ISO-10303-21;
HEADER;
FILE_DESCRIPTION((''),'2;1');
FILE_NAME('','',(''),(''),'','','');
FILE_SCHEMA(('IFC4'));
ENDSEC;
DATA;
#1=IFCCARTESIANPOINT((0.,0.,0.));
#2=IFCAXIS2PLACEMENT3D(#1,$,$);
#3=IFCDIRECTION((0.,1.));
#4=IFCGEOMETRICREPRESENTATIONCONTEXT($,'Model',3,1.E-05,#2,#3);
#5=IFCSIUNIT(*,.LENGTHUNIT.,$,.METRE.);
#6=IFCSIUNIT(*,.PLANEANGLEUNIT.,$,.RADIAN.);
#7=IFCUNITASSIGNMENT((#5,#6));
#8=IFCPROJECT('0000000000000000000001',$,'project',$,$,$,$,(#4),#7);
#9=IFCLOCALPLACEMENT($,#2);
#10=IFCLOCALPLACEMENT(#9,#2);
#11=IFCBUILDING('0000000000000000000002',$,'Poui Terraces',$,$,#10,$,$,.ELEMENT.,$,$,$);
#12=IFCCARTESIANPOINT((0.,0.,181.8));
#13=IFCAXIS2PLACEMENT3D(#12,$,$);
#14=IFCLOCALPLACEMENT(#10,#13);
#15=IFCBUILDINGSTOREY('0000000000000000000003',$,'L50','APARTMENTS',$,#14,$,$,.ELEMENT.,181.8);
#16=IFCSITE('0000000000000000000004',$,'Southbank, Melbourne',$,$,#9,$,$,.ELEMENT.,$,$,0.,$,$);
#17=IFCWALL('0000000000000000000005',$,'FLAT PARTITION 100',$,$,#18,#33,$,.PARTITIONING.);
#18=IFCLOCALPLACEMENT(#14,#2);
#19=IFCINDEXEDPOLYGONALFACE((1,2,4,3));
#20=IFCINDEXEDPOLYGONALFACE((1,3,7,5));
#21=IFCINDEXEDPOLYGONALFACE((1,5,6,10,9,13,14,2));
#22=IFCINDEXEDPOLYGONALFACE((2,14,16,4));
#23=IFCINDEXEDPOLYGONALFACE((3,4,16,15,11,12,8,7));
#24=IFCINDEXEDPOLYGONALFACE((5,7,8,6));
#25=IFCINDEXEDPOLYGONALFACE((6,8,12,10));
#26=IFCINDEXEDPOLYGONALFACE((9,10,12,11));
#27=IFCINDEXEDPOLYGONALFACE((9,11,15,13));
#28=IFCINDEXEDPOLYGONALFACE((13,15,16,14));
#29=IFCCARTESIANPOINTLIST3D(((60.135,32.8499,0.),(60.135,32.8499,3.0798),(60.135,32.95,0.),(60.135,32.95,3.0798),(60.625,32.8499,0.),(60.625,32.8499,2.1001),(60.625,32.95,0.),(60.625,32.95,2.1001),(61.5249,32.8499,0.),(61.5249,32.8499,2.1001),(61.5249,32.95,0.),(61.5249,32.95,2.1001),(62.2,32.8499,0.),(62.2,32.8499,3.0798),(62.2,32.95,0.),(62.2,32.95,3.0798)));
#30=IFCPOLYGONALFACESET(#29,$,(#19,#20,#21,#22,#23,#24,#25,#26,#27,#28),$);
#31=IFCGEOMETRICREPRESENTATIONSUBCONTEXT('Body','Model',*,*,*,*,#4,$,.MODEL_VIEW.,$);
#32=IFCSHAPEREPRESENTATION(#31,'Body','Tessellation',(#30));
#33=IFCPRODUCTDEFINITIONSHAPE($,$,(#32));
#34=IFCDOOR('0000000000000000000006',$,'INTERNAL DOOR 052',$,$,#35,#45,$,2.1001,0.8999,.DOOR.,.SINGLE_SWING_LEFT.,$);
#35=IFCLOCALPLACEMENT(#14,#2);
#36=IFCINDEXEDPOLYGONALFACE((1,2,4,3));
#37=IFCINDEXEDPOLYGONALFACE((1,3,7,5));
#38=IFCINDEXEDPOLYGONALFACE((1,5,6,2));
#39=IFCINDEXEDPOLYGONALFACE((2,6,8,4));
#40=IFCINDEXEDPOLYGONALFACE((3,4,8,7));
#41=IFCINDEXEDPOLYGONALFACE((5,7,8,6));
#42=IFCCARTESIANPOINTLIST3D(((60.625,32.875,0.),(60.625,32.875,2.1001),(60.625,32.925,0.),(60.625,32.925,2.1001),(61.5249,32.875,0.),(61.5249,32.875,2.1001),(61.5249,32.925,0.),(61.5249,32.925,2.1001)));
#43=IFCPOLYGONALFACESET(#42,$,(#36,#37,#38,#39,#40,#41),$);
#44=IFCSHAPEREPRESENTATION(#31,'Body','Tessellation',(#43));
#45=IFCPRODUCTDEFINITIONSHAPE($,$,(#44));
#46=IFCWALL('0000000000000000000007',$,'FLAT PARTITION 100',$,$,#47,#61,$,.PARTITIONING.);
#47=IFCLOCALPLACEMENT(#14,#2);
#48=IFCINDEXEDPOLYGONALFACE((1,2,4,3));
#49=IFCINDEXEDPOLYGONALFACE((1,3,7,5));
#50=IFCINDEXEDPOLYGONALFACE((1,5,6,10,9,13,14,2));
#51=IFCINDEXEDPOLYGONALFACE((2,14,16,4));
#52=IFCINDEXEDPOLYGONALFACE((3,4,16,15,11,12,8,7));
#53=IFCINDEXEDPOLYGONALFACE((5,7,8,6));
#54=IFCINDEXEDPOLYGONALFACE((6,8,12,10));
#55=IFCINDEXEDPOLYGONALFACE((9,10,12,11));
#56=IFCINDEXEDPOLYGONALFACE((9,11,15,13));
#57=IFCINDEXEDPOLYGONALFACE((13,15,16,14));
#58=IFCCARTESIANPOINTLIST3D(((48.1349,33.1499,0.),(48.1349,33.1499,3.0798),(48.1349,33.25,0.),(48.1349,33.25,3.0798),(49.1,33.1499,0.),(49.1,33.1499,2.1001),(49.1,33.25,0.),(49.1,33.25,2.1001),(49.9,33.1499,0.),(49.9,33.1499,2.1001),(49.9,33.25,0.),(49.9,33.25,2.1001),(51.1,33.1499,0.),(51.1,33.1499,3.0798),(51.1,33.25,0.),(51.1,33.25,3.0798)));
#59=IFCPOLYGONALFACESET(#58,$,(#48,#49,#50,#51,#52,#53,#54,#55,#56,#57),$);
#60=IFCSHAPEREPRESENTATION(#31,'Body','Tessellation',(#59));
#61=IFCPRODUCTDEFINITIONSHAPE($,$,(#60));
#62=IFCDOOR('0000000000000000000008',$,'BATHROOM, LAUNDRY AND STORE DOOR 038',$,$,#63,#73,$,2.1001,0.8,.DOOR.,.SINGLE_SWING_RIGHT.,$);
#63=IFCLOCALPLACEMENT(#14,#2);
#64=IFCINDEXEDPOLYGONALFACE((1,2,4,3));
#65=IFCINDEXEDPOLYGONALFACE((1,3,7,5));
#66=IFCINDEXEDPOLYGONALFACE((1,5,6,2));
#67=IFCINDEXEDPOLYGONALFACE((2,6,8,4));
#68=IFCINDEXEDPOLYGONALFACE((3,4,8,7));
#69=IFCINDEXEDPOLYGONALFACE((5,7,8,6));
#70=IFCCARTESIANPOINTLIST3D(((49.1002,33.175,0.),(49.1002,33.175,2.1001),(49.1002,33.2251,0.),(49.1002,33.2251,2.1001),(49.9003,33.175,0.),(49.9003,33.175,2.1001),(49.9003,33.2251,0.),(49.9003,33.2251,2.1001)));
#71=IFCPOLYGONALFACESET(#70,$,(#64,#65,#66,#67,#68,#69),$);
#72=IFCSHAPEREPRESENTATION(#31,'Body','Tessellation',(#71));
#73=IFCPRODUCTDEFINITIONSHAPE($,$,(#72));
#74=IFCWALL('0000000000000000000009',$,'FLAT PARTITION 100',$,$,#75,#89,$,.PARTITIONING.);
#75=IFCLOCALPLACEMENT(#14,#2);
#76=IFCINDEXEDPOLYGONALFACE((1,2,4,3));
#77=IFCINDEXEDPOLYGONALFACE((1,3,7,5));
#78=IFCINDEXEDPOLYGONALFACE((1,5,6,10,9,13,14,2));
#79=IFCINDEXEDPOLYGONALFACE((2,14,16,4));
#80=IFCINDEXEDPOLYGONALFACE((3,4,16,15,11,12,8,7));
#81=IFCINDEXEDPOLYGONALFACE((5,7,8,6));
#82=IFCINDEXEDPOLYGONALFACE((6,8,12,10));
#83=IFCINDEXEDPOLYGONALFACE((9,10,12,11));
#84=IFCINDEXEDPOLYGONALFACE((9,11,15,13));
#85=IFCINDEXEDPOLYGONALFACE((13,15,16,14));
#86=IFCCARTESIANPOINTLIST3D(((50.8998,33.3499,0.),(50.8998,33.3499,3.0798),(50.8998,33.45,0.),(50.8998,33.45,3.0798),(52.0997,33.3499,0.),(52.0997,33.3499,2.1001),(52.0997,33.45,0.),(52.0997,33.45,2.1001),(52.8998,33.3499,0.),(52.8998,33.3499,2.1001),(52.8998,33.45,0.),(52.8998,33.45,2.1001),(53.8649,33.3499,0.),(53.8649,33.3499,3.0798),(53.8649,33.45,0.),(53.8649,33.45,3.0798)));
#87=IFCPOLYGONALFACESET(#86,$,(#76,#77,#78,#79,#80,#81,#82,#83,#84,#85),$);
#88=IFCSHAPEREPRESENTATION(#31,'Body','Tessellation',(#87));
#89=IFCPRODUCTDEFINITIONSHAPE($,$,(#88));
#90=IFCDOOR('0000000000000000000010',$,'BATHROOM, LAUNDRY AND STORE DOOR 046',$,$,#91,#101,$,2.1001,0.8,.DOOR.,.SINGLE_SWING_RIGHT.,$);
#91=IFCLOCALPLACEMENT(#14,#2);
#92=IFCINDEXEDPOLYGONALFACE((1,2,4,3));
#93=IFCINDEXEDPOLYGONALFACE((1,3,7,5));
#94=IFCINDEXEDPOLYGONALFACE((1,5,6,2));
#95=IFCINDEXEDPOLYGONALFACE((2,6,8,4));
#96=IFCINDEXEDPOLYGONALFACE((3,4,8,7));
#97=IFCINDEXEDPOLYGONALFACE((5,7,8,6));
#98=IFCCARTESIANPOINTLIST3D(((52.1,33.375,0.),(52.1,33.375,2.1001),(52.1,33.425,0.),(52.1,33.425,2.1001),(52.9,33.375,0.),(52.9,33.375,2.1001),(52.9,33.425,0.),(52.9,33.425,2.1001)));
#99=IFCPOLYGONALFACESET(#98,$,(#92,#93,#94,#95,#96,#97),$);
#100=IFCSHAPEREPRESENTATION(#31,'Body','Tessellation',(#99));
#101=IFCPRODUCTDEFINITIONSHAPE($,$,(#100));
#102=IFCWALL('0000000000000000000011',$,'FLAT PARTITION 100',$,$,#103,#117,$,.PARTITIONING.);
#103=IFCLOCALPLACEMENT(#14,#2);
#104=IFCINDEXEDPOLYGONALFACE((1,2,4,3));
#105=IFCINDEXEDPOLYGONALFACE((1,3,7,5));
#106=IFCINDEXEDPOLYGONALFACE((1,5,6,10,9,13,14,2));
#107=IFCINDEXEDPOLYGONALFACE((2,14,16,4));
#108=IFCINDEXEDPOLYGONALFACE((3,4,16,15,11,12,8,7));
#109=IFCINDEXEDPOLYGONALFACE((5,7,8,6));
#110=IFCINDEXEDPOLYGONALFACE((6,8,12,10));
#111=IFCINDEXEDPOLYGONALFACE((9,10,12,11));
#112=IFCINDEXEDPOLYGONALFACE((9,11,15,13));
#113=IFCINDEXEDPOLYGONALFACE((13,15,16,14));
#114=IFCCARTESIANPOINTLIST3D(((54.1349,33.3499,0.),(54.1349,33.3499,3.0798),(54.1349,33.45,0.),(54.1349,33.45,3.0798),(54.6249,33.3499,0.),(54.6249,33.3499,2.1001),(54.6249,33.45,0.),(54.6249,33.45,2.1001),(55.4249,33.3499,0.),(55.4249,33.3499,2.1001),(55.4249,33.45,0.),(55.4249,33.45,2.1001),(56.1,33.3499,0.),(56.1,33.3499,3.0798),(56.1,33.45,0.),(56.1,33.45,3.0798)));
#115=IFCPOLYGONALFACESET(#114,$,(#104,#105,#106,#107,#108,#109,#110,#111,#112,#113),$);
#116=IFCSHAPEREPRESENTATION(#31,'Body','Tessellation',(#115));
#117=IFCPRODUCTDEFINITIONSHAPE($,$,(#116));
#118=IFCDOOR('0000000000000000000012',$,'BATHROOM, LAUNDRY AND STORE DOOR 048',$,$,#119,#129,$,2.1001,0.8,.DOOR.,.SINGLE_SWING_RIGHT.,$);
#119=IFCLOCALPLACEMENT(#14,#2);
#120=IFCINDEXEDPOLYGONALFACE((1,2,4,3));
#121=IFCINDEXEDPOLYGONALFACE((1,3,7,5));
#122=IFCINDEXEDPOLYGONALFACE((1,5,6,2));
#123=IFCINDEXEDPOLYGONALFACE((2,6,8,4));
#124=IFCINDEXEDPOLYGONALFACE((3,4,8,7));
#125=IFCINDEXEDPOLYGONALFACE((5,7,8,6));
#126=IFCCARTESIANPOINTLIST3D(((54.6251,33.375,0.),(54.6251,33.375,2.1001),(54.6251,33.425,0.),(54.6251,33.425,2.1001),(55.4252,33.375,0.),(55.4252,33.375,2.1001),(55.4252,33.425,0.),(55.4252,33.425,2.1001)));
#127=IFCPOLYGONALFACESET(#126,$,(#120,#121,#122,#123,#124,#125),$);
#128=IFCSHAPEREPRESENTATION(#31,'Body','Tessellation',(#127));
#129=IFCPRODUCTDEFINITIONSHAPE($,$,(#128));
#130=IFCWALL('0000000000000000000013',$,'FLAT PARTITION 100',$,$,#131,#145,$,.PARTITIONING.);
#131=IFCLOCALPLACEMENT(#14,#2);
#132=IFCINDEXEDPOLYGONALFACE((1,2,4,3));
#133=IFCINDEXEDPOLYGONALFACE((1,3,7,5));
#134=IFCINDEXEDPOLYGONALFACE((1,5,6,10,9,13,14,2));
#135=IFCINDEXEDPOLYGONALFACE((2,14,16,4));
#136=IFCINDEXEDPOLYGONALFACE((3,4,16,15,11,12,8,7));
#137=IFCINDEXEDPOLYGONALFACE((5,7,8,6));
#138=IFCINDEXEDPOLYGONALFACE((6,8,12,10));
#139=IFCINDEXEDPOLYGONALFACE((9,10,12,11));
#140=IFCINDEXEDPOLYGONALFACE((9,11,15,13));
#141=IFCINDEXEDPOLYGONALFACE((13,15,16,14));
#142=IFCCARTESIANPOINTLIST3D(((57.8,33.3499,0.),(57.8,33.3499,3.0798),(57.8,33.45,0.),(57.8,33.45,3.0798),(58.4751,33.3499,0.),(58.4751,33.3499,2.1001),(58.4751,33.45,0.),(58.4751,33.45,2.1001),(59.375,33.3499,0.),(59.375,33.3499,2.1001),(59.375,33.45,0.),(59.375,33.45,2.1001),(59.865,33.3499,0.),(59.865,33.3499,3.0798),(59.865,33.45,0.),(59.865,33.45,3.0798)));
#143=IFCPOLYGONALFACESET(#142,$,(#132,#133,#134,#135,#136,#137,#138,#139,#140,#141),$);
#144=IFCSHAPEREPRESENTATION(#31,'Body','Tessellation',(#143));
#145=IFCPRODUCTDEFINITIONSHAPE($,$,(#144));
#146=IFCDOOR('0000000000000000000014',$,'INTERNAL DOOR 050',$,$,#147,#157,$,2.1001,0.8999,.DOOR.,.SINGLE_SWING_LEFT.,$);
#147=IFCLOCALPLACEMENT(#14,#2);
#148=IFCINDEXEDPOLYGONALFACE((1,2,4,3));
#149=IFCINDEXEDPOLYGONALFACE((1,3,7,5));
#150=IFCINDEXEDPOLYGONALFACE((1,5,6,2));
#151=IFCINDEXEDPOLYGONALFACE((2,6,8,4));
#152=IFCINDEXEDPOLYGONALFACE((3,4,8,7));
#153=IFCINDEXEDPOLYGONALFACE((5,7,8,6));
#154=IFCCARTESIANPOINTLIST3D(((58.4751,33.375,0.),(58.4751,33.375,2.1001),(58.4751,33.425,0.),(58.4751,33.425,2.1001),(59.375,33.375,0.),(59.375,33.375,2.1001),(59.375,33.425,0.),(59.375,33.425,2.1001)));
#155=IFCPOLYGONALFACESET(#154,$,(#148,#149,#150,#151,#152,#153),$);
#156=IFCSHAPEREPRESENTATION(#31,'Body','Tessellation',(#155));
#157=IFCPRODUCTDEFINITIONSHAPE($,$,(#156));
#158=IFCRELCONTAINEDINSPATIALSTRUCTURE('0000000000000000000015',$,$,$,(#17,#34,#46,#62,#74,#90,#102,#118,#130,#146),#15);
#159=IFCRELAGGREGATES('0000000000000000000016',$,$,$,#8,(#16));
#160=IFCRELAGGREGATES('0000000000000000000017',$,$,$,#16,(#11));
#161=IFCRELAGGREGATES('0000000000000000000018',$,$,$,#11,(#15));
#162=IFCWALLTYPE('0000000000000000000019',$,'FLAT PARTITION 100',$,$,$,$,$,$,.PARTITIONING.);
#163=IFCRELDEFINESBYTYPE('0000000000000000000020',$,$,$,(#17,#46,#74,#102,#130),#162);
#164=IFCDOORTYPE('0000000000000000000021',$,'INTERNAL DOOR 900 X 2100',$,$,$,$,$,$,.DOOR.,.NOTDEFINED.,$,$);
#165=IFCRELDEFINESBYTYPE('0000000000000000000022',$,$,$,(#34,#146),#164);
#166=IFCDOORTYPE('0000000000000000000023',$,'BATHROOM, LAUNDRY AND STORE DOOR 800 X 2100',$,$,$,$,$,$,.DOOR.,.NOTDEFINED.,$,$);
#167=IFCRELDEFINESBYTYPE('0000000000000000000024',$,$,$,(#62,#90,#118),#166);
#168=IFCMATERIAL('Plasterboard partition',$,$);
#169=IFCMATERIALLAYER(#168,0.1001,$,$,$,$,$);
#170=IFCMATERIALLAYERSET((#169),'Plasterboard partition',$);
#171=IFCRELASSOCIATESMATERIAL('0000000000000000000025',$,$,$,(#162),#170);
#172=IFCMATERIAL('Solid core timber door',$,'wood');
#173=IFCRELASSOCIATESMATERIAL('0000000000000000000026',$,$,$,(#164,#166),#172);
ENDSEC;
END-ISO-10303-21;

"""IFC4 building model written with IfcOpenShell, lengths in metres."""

from ifc_helpers import new_model, si_unit, direction, frame, frame_2d, origin, place, context, subcontext, project, spatial, rectangle, extrude, material, layer, layer_set, type_object, element, fill, save


model = new_model("IFC4")

# Units and contexts
model_context = context("Model", 3, precision=1e-05, world=origin(), true_north=direction((0.0, 1.0)))
body_context = subcontext(model_context, "Body", "Model", "MODEL_VIEW")
ifc_project = project(units=[si_unit("LENGTHUNIT", "METRE"), si_unit("PLANEANGLEUNIT", "RADIAN")], contexts=[model_context])

# Site, building, storey
site_placement = place(None, origin())
site = spatial("IfcSite", under=ifc_project, at=site_placement, Name="Southbank, Melbourne", CompositionType="ELEMENT", RefElevation=0.0)
building_placement = place(site_placement, origin())
building = spatial("IfcBuilding", under=site, at=building_placement, Name="Poui Terraces", CompositionType="ELEMENT")
storey_placement = place(building_placement, frame((0.0, 0.0, 181.8)))
storey = spatial("IfcBuildingStorey", under=building, at=storey_placement, Name="L50", Description="APARTMENTS", CompositionType="ELEMENT", Elevation=181.8)

# Walls, openings, doors
ifc_material_1 = material(Name="Plasterboard partition")
ifc_layer_1 = layer(ifc_material_1, 0.1001)
ifc_layer_set_1 = layer_set([ifc_layer_1], Name="Plasterboard partition")
wall_type_1 = type_object("IfcWallType", Name="FLAT PARTITION 100", PredefinedType="PARTITIONING", material=ifc_layer_set_1)
wall_1_placement = place(storey_placement, frame((60.135, 32.8999, 0.0), z_axis=(0.0, 0.0, 1.0), x_axis=(1.0, 0.0, 0.0)))
wall_1 = element("IfcWall", 1, at=wall_1_placement, inside=storey, type_object=wall_type_1, Name="FLAT PARTITION 100", PredefinedType="PARTITIONING", context=body_context, shape_type="SweptSolid", body=[
    extrude(rectangle(XDim=2.0649, YDim=0.1001, at=frame_2d((1.0325, 0.0))), origin(), (0.0, 0.0, 1.0), 3.0798),
])
opening_1_placement = place(wall_1_placement, frame((0.49, 0.0, 0.0)))
opening_1 = element("IfcOpeningElement", 2, at=opening_1_placement, cuts=wall_1, PredefinedType="OPENING", context=body_context, shape_type="SweptSolid", body=[
    extrude(rectangle(XDim=0.8999, YDim=2.1001, at=frame_2d((0.45, 1.05))), frame((0.0, 0.0601, 0.0), z_axis=(0.0, -1.0, 0.0), x_axis=(1.0, 0.0, 0.0)), (0.0, 0.0, 1.0), 0.1201),
])
ifc_material_2 = material(Name="Solid core timber door", Category="wood")
door_type_1 = type_object("IfcDoorType", Name="INTERNAL DOOR 900 X 2100", OperationType="NOTDEFINED", PredefinedType="DOOR", material=ifc_material_2)
door_1_placement = place(opening_1_placement, frame((0.8999, 0.0, 0.0), z_axis=(0.0, 0.0, 1.0), x_axis=(-1.0, 0.0, 0.0)))
door_1 = element("IfcDoor", 3, at=door_1_placement, inside=storey, type_object=door_type_1, Name="INTERNAL DOOR 052", OperationType="SINGLE_SWING_LEFT", OverallHeight=2.1001, OverallWidth=0.8999, PredefinedType="DOOR", context=body_context, shape_type="SweptSolid", body=[
    extrude(rectangle(XDim=0.8999, YDim=2.1001, at=frame_2d((0.45, 1.05))), frame((0.0, 0.0249, 0.0), z_axis=(0.0, -1.0, 0.0), x_axis=(1.0, 0.0, 0.0)), (0.0, 0.0, 1.0), 0.05),
])
fill(opening_1, door_1)
wall_2_placement = place(storey_placement, frame((48.135, 33.2, 0.0), z_axis=(0.0, 0.0, 1.0), x_axis=(1.0, 0.0, 0.0)))
wall_2 = element("IfcWall", 4, at=wall_2_placement, inside=storey, type_object=wall_type_1, Name="FLAT PARTITION 100", PredefinedType="PARTITIONING", context=body_context, shape_type="SweptSolid", body=[
    extrude(rectangle(XDim=2.9651, YDim=0.1001, at=frame_2d((1.4824, 0.0))), origin(), (0.0, 0.0, 1.0), 3.0798),
])
opening_2_placement = place(wall_2_placement, frame((0.9651, 0.0, 0.0)))
opening_2 = element("IfcOpeningElement", 5, at=opening_2_placement, cuts=wall_2, PredefinedType="OPENING", context=body_context, shape_type="SweptSolid", body=[
    extrude(rectangle(XDim=0.8, YDim=2.1001, at=frame_2d((0.3999, 1.05))), frame((0.0, 0.0601, 0.0), z_axis=(0.0, -1.0, 0.0), x_axis=(1.0, 0.0, 0.0)), (0.0, 0.0, 1.0), 0.1201),
])
door_type_2 = type_object("IfcDoorType", Name="BATHROOM, LAUNDRY AND STORE DOOR 800 X 2100", OperationType="NOTDEFINED", PredefinedType="DOOR", material=ifc_material_2)
door_2_placement = place(opening_2_placement, frame((0.8, 0.0, 0.0), z_axis=(0.0, 0.0, 1.0), x_axis=(-1.0, 0.0, 0.0)))
door_2 = element("IfcDoor", 6, at=door_2_placement, inside=storey, type_object=door_type_2, Name="BATHROOM, LAUNDRY AND STORE DOOR 038", OperationType="SINGLE_SWING_RIGHT", OverallHeight=2.1001, OverallWidth=0.8, PredefinedType="DOOR", context=body_context, shape_type="SweptSolid", body=[
    extrude(rectangle(XDim=0.8, YDim=2.1001, at=frame_2d((0.3999, 1.05))), frame((0.0, 0.0249, 0.0), z_axis=(0.0, -1.0, 0.0), x_axis=(1.0, 0.0, 0.0)), (0.0, 0.0, 1.0), 0.05),
])
fill(opening_2, door_2)
wall_3_placement = place(storey_placement, frame((50.8999, 33.3999, 0.0), z_axis=(0.0, 0.0, 1.0), x_axis=(1.0, 0.0, 0.0)))
wall_3 = element("IfcWall", 7, at=wall_3_placement, inside=storey, type_object=wall_type_1, Name="FLAT PARTITION 100", PredefinedType="PARTITIONING", context=body_context, shape_type="SweptSolid", body=[
    extrude(rectangle(XDim=2.9651, YDim=0.1001, at=frame_2d((1.4824, 0.0))), origin(), (0.0, 0.0, 1.0), 3.0798),
])
opening_3_placement = place(wall_3_placement, frame((1.2, 0.0, 0.0)))
opening_3 = element("IfcOpeningElement", 8, at=opening_3_placement, cuts=wall_3, PredefinedType="OPENING", context=body_context, shape_type="SweptSolid", body=[
    extrude(rectangle(XDim=0.8, YDim=2.1001, at=frame_2d((0.3999, 1.05))), frame((0.0, 0.0601, 0.0), z_axis=(0.0, -1.0, 0.0), x_axis=(1.0, 0.0, 0.0)), (0.0, 0.0, 1.0), 0.1201),
])
door_3_placement = place(opening_3_placement, frame((0.8, 0.0, 0.0), z_axis=(0.0, 0.0, 1.0), x_axis=(-1.0, 0.0, 0.0)))
door_3 = element("IfcDoor", 9, at=door_3_placement, inside=storey, type_object=door_type_2, Name="BATHROOM, LAUNDRY AND STORE DOOR 046", OperationType="SINGLE_SWING_RIGHT", OverallHeight=2.1001, OverallWidth=0.8, PredefinedType="DOOR", context=body_context, shape_type="SweptSolid", body=[
    extrude(rectangle(XDim=0.8, YDim=2.1001, at=frame_2d((0.3999, 1.05))), frame((0.0, 0.0249, 0.0), z_axis=(0.0, -1.0, 0.0), x_axis=(1.0, 0.0, 0.0)), (0.0, 0.0, 1.0), 0.05),
])
fill(opening_3, door_3)
wall_4_placement = place(storey_placement, frame((54.135, 33.3999, 0.0), z_axis=(0.0, 0.0, 1.0), x_axis=(1.0, 0.0, 0.0)))
wall_4 = element("IfcWall", 10, at=wall_4_placement, inside=storey, type_object=wall_type_1, Name="FLAT PARTITION 100", PredefinedType="PARTITIONING", context=body_context, shape_type="SweptSolid", body=[
    extrude(rectangle(XDim=1.9651, YDim=0.1001, at=frame_2d((0.9824, 0.0))), origin(), (0.0, 0.0, 1.0), 3.0798),
])
opening_4_placement = place(wall_4_placement, frame((0.49, 0.0, 0.0)))
opening_4 = element("IfcOpeningElement", 11, at=opening_4_placement, cuts=wall_4, PredefinedType="OPENING", context=body_context, shape_type="SweptSolid", body=[
    extrude(rectangle(XDim=0.8, YDim=2.1001, at=frame_2d((0.3999, 1.05))), frame((0.0, 0.0601, 0.0), z_axis=(0.0, -1.0, 0.0), x_axis=(1.0, 0.0, 0.0)), (0.0, 0.0, 1.0), 0.1201),
])
door_4_placement = place(opening_4_placement, frame((0.8, 0.0, 0.0), z_axis=(0.0, 0.0, 1.0), x_axis=(-1.0, 0.0, 0.0)))
door_4 = element("IfcDoor", 12, at=door_4_placement, inside=storey, type_object=door_type_2, Name="BATHROOM, LAUNDRY AND STORE DOOR 048", OperationType="SINGLE_SWING_RIGHT", OverallHeight=2.1001, OverallWidth=0.8, PredefinedType="DOOR", context=body_context, shape_type="SweptSolid", body=[
    extrude(rectangle(XDim=0.8, YDim=2.1001, at=frame_2d((0.3999, 1.05))), frame((0.0, 0.0249, 0.0), z_axis=(0.0, -1.0, 0.0), x_axis=(1.0, 0.0, 0.0)), (0.0, 0.0, 1.0), 0.05),
])
fill(opening_4, door_4)
wall_5_placement = place(storey_placement, frame((57.8, 33.3999, 0.0), z_axis=(0.0, 0.0, 1.0), x_axis=(1.0, 0.0, 0.0)))
wall_5 = element("IfcWall", 13, at=wall_5_placement, inside=storey, type_object=wall_type_1, Name="FLAT PARTITION 100", PredefinedType="PARTITIONING", context=body_context, shape_type="SweptSolid", body=[
    extrude(rectangle(XDim=2.0649, YDim=0.1001, at=frame_2d((1.0325, 0.0))), origin(), (0.0, 0.0, 1.0), 3.0798),
])
opening_5_placement = place(wall_5_placement, frame((0.675, 0.0, 0.0)))
opening_5 = element("IfcOpeningElement", 14, at=opening_5_placement, cuts=wall_5, PredefinedType="OPENING", context=body_context, shape_type="SweptSolid", body=[
    extrude(rectangle(XDim=0.8999, YDim=2.1001, at=frame_2d((0.45, 1.05))), frame((0.0, 0.0601, 0.0), z_axis=(0.0, -1.0, 0.0), x_axis=(1.0, 0.0, 0.0)), (0.0, 0.0, 1.0), 0.1201),
])
door_5_placement = place(opening_5_placement, frame((0.8999, 0.0, 0.0), z_axis=(0.0, 0.0, 1.0), x_axis=(-1.0, 0.0, 0.0)))
door_5 = element("IfcDoor", 15, at=door_5_placement, inside=storey, type_object=door_type_1, Name="INTERNAL DOOR 050", OperationType="SINGLE_SWING_LEFT", OverallHeight=2.1001, OverallWidth=0.8999, PredefinedType="DOOR", context=body_context, shape_type="SweptSolid", body=[
    extrude(rectangle(XDim=0.8999, YDim=2.1001, at=frame_2d((0.45, 1.05))), frame((0.0, 0.0249, 0.0), z_axis=(0.0, -1.0, 0.0), x_axis=(1.0, 0.0, 0.0)), (0.0, 0.0, 1.0), 0.05),
])
fill(opening_5, door_5)

save(model, "model.ifc")
